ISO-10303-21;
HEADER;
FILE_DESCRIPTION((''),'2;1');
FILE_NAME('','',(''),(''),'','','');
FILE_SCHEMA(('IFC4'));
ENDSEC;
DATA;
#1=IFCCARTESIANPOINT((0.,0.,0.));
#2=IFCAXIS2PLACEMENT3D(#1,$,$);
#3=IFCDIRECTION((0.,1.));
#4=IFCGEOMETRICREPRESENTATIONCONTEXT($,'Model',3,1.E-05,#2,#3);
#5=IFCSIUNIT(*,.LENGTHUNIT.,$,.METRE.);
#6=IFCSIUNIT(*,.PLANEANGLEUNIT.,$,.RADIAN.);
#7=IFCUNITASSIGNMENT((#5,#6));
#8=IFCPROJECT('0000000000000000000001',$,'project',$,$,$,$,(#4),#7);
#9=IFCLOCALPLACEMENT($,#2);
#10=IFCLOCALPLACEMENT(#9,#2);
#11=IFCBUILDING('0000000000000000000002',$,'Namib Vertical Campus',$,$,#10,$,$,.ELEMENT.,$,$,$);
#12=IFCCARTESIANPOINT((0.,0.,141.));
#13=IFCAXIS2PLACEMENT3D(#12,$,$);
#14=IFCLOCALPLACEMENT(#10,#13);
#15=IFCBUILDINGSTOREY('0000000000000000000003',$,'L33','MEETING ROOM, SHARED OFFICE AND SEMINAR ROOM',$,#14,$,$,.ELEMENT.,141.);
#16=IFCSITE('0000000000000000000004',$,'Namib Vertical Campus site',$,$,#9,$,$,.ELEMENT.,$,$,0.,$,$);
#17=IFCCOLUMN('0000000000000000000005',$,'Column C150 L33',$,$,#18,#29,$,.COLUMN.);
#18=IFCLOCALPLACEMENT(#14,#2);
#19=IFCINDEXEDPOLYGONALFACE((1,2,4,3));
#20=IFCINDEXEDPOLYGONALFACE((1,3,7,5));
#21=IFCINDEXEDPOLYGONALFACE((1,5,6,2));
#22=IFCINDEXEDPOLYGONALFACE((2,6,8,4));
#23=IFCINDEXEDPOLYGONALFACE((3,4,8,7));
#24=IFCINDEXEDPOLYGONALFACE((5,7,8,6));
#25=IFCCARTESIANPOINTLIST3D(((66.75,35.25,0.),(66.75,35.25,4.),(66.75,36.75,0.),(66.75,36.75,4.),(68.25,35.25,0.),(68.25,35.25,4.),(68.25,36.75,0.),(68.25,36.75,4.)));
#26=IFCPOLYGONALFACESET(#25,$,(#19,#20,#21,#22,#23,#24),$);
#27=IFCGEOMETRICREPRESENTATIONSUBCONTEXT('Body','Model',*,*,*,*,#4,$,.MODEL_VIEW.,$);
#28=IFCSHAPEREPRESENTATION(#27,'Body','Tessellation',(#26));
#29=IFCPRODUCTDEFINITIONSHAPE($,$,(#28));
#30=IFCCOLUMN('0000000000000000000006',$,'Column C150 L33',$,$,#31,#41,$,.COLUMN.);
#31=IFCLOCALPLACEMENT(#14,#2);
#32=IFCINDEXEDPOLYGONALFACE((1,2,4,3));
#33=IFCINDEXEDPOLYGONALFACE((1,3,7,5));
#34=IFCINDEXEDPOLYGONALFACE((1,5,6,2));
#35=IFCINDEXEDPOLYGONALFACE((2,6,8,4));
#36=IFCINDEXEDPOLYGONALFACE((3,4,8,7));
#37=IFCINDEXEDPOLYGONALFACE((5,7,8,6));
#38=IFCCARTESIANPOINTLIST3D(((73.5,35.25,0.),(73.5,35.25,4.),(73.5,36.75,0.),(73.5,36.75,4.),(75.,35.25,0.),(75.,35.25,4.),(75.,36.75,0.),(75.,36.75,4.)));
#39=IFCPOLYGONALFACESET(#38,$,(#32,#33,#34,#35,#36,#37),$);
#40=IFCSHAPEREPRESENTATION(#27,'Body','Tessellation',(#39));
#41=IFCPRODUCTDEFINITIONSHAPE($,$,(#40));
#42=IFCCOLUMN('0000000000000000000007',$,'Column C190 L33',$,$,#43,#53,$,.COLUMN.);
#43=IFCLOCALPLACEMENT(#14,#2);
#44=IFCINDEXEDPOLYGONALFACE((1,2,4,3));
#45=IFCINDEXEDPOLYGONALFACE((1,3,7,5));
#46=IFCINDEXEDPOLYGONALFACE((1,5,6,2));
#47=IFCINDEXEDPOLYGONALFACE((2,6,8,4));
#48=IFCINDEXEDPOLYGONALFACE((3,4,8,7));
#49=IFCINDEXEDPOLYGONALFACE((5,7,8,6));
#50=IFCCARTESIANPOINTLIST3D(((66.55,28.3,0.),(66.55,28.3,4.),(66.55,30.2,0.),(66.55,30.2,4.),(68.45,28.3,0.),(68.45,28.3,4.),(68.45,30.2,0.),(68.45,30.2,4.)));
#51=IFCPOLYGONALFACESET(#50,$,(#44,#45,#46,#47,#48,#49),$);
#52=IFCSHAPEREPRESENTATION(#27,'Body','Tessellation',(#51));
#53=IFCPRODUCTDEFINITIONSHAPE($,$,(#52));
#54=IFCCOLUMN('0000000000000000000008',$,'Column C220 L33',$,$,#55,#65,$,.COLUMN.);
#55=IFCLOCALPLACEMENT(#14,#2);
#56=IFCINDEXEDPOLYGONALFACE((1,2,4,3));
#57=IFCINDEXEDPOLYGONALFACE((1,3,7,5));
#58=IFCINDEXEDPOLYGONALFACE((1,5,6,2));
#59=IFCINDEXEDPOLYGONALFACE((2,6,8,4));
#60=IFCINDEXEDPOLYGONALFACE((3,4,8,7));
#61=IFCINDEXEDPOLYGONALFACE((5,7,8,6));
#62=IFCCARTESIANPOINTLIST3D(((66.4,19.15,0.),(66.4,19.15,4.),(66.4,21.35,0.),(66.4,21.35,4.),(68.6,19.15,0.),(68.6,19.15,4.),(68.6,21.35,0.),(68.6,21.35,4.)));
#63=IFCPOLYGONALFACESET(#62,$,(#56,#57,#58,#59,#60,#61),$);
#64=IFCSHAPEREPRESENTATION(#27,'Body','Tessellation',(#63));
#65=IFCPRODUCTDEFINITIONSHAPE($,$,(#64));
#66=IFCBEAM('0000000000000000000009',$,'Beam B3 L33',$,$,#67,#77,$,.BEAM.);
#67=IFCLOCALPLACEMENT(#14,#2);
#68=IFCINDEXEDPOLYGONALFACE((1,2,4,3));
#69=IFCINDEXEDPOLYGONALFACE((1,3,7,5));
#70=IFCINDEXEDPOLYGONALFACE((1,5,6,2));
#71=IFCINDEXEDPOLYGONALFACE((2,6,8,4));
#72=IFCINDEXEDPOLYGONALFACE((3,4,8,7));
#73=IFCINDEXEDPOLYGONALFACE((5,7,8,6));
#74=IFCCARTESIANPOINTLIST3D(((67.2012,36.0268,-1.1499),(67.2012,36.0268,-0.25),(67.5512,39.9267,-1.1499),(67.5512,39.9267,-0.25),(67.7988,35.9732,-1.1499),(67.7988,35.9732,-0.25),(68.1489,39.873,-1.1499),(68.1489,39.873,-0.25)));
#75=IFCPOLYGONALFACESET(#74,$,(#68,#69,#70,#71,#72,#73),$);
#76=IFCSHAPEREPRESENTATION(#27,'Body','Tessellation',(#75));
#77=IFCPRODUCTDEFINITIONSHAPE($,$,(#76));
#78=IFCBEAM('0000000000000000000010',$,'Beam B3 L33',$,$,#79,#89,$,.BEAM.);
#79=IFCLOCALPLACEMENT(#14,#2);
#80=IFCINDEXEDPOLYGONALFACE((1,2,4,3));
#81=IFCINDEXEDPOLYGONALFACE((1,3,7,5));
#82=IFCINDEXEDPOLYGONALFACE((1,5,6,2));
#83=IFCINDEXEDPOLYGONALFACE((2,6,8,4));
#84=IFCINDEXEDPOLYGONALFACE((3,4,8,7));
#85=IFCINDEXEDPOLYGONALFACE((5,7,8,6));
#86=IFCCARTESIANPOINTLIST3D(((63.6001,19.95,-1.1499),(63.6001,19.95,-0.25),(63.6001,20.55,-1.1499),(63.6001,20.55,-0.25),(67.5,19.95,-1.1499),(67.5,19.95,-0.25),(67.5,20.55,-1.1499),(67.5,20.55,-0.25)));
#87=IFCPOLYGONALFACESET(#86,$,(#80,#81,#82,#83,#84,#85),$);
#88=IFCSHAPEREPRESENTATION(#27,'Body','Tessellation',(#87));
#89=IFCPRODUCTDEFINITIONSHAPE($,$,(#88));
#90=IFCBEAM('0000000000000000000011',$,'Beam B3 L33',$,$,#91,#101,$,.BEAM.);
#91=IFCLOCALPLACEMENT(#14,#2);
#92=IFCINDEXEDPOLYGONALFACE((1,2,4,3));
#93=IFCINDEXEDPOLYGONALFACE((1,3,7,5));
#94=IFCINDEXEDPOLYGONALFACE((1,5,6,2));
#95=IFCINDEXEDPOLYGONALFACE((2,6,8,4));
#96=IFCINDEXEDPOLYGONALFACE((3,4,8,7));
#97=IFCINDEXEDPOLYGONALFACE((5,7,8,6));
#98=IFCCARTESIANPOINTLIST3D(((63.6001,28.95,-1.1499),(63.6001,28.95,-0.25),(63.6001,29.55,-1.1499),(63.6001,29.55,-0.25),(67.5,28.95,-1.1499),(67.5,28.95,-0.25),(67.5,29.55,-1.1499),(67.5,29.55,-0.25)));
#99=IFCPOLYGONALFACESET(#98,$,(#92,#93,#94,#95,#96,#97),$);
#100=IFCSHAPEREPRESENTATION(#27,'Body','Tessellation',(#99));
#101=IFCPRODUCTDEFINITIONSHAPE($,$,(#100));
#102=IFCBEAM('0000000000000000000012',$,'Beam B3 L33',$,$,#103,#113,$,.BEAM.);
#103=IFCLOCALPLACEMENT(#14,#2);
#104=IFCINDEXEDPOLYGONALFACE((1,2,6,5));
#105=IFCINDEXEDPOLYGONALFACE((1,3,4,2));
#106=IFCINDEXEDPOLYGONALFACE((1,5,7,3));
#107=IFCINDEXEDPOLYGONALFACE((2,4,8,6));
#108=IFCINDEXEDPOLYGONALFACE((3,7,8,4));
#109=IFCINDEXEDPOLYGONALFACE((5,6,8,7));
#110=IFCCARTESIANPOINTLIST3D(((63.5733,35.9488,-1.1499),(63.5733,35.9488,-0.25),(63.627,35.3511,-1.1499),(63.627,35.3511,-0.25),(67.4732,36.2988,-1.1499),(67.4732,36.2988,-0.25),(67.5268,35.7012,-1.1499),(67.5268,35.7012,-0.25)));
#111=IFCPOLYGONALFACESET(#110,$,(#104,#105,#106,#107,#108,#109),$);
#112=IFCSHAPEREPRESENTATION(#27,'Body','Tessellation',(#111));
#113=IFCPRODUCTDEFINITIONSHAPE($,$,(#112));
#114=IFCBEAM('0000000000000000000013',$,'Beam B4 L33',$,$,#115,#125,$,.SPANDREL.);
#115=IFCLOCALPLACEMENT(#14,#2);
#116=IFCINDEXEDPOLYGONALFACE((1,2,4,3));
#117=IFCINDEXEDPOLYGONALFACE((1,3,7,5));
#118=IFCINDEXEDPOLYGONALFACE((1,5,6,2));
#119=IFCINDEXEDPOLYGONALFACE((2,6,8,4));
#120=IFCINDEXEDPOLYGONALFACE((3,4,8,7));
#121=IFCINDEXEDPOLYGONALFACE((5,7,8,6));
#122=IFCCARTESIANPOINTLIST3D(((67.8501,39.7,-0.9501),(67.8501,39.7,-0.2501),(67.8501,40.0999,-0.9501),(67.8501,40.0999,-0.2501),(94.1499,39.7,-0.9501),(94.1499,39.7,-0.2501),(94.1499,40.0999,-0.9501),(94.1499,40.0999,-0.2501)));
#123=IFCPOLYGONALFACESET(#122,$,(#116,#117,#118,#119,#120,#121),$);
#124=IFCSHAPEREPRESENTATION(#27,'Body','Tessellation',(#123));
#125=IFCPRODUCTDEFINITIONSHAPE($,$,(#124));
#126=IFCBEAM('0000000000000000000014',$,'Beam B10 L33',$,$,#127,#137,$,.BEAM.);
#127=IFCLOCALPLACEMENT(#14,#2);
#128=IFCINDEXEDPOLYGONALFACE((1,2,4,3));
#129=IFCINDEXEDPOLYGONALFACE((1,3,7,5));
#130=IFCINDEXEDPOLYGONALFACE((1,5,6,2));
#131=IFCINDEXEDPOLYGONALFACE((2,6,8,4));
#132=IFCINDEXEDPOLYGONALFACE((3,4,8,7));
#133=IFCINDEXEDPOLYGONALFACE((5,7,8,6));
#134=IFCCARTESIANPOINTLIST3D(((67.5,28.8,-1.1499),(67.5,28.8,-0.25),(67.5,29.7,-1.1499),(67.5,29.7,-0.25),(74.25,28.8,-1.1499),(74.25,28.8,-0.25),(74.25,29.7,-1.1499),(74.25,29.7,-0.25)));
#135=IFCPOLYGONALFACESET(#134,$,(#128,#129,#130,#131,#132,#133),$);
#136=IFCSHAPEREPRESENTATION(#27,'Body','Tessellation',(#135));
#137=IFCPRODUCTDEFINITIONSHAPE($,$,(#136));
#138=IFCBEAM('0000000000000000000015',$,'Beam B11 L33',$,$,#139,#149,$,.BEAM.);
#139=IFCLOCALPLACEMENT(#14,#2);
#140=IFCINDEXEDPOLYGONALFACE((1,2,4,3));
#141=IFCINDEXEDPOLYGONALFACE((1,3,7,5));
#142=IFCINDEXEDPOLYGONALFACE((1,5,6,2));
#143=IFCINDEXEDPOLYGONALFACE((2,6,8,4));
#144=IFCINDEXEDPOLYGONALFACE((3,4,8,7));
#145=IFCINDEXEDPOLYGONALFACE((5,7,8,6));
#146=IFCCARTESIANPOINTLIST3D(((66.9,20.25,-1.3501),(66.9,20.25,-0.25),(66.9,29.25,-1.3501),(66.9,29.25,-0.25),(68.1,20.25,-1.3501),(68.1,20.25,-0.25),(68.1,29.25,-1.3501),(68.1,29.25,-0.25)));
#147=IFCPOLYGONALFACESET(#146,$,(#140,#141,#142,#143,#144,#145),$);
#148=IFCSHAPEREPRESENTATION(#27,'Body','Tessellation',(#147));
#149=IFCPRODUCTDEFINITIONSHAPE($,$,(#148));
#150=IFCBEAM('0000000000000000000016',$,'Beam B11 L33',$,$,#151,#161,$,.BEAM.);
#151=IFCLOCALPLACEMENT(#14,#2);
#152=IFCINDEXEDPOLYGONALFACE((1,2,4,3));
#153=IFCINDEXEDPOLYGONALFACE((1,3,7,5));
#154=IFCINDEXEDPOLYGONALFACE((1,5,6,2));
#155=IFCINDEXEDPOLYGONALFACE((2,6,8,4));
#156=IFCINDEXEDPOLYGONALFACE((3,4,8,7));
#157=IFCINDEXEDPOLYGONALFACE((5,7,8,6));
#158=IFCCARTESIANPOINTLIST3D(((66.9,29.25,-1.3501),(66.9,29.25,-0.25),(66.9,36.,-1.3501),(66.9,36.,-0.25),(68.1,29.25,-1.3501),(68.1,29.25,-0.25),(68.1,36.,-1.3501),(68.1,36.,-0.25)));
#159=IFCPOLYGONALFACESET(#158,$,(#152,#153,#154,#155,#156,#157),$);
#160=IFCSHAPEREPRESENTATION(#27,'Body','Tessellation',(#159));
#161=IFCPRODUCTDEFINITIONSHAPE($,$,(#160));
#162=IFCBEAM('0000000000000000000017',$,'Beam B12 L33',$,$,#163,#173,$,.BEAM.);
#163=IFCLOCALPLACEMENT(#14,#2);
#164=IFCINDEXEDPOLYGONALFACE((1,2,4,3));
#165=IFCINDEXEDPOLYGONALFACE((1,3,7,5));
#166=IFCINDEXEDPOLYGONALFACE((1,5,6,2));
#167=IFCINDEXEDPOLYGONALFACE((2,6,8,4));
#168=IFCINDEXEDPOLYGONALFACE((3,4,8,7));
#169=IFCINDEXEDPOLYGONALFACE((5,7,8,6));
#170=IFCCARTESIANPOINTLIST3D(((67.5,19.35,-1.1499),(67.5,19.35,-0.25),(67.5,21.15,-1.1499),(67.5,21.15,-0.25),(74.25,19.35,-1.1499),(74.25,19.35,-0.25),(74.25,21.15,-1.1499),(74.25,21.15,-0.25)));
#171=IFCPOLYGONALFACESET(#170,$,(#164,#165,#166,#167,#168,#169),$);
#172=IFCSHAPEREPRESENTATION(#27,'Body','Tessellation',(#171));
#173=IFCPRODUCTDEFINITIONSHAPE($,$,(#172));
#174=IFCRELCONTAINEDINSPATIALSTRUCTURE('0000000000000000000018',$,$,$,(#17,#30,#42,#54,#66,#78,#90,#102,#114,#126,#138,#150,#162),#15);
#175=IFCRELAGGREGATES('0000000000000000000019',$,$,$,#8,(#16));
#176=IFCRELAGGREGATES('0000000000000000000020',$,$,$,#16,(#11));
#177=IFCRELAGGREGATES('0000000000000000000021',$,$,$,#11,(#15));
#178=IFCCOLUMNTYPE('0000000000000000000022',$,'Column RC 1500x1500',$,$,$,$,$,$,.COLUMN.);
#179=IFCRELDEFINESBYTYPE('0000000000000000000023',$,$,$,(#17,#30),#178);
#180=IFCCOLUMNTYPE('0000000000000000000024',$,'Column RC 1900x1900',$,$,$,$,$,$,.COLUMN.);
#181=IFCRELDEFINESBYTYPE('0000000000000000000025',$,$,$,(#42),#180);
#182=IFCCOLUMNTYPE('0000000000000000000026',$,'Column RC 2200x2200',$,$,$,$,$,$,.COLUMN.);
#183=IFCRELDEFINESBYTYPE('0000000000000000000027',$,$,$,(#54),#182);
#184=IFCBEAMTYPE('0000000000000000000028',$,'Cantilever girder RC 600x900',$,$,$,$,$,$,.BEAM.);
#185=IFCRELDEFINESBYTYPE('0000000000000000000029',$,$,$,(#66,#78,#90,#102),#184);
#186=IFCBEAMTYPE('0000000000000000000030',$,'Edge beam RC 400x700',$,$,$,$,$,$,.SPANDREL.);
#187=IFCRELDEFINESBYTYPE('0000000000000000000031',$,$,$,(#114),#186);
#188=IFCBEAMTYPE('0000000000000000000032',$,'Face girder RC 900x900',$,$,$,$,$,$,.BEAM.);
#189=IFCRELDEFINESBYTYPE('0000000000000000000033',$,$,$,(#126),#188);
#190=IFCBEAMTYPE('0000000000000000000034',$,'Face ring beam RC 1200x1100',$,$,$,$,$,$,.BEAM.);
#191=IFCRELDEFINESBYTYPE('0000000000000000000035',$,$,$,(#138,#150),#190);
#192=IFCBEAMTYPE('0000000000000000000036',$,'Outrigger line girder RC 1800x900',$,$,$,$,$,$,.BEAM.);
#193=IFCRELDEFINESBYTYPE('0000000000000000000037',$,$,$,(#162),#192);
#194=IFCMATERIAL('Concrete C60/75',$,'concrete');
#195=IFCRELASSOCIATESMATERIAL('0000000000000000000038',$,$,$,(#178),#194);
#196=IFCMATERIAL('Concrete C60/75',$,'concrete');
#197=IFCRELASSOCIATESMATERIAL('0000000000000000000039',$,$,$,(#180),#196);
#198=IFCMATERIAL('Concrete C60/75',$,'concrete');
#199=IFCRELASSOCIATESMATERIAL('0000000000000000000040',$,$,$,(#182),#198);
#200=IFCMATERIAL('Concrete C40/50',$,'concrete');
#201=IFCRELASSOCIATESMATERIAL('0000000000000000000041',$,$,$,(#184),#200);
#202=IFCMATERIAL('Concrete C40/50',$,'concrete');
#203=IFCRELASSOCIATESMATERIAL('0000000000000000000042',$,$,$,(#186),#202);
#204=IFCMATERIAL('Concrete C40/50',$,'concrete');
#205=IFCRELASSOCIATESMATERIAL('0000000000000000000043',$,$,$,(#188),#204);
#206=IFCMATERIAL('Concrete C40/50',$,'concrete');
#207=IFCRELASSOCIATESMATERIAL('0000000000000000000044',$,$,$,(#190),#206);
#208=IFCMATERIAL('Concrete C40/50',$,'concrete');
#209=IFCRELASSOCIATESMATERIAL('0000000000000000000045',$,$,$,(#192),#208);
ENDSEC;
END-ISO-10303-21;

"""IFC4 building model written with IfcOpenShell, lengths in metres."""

from ifc_helpers import new_model, si_unit, direction, frame, origin, origin_2d, place, context, subcontext, project, spatial, rectangle, extrude, material, material_profile, profile_set, type_object, element, save


model = new_model("IFC4")

# Units and contexts
model_context = context("Model", 3, precision=1e-05, world=origin(), true_north=direction((0.0, 1.0)))
body_context = subcontext(model_context, "Body", "Model", "MODEL_VIEW")
ifc_project = project(units=[si_unit("LENGTHUNIT", "METRE"), si_unit("PLANEANGLEUNIT", "RADIAN")], contexts=[model_context])

# Site, building, storey
site_placement = place(None, origin())
site = spatial("IfcSite", under=ifc_project, at=site_placement, Name="Namib Vertical Campus site", CompositionType="ELEMENT", RefElevation=0.0)
building_placement = place(site_placement, origin())
building = spatial("IfcBuilding", under=site, at=building_placement, Name="Namib Vertical Campus", CompositionType="ELEMENT")
storey_placement = place(building_placement, frame((0.0, 0.0, 141.0)))
storey = spatial("IfcBuildingStorey", under=building, at=storey_placement, Name="L33", Description="MEETING ROOM, SHARED OFFICE AND SEMINAR ROOM", CompositionType="ELEMENT", Elevation=141.0)

# Columns
ifc_material_1 = material(Name="Concrete C60/75", Category="concrete")
ifc_material_profile_1 = material_profile(ifc_material_1, rectangle(XDim=1.5, YDim=1.5, at=origin_2d()))
ifc_profile_set_1 = profile_set([ifc_material_profile_1], Name="Concrete C60/75")
column_type_1 = type_object("IfcColumnType", Name="Column RC 1500x1500", PredefinedType="COLUMN", material=ifc_profile_set_1)
for number, where, z_axis, x_axis, name in (
    (1, (67.5, 36.0, 0.0), (0.0, 0.0, 1.0), (1.0, 0.0, 0.0), "Column C150 L33"),
    (2, (74.25, 36.0, 0.0), (0.0, 0.0, 1.0), (1.0, 0.0, 0.0), "Column C150 L33"),
):
    element("IfcColumn", number, at=place(storey_placement, frame(where, z_axis=z_axis, x_axis=x_axis)), inside=storey, type_object=column_type_1, Name=name, PredefinedType="COLUMN", context=body_context, shape_type="SweptSolid", body=[
        extrude(rectangle(XDim=1.5, YDim=1.5, at=origin_2d()), origin(), (0.0, 0.0, 1.0), 4.0),
    ])
ifc_material_2 = material(Name="Concrete C60/75", Category="concrete")
ifc_material_profile_2 = material_profile(ifc_material_2, rectangle(XDim=1.8999, YDim=1.8999, at=origin_2d()))
ifc_profile_set_2 = profile_set([ifc_material_profile_2], Name="Concrete C60/75")
column_type_2 = type_object("IfcColumnType", Name="Column RC 1900x1900", PredefinedType="COLUMN", material=ifc_profile_set_2)
column_1_placement = place(storey_placement, frame((67.5, 29.25, 0.0), z_axis=(0.0, 0.0, 1.0), x_axis=(1.0, 0.0, 0.0)))
element("IfcColumn", 3, at=column_1_placement, inside=storey, type_object=column_type_2, Name="Column C190 L33", PredefinedType="COLUMN", context=body_context, shape_type="SweptSolid", body=[
    extrude(rectangle(XDim=1.8999, YDim=1.8999, at=origin_2d()), origin(), (0.0, 0.0, 1.0), 4.0),
])
ifc_material_3 = material(Name="Concrete C60/75", Category="concrete")
ifc_material_profile_3 = material_profile(ifc_material_3, rectangle(XDim=2.2, YDim=2.2, at=origin_2d()))
ifc_profile_set_3 = profile_set([ifc_material_profile_3], Name="Concrete C60/75")
column_type_3 = type_object("IfcColumnType", Name="Column RC 2200x2200", PredefinedType="COLUMN", material=ifc_profile_set_3)
column_2_placement = place(storey_placement, frame((67.5, 20.25, 0.0), z_axis=(0.0, 0.0, 1.0), x_axis=(1.0, 0.0, 0.0)))
element("IfcColumn", 4, at=column_2_placement, inside=storey, type_object=column_type_3, Name="Column C220 L33", PredefinedType="COLUMN", context=body_context, shape_type="SweptSolid", body=[
    extrude(rectangle(XDim=2.2, YDim=2.2, at=origin_2d()), origin(), (0.0, 0.0, 1.0), 4.0),
])

# Beams
ifc_material_4 = material(Name="Concrete C40/50", Category="concrete")
ifc_material_profile_4 = material_profile(ifc_material_4, rectangle(XDim=0.6001, YDim=0.8999, at=origin_2d()))
ifc_profile_set_4 = profile_set([ifc_material_profile_4], Name="Concrete C40/50")
beam_type_1 = type_object("IfcBeamType", Name="Cantilever girder RC 600x900", PredefinedType="BEAM", material=ifc_profile_set_4)
beam_1_placement = place(storey_placement, frame((67.5, 36.0, -0.7), z_axis=(0.089411, 0.995995, 0.0), x_axis=(-0.995995, 0.089411, 0.0)))
element("IfcBeam", 5, at=beam_1_placement, inside=storey, type_object=beam_type_1, Name="Beam B3 L33", PredefinedType="BEAM", context=body_context, shape_type="SweptSolid", body=[
    extrude(rectangle(XDim=0.6001, YDim=0.8999, at=origin_2d()), origin(), (0.0, 0.0, 1.0), 3.9155),
])
for number, where, z_axis, x_axis, name in (
    (6, (67.5, 20.25, -0.7), (-1.0, 0.0, 0.0), (0.0, -1.0, 0.0), "Beam B3 L33"),
    (7, (67.5, 29.25, -0.7), (-1.0, 0.0, 0.0), (0.0, -1.0, 0.0), "Beam B3 L33"),
):
    element("IfcBeam", number, at=place(storey_placement, frame(where, z_axis=z_axis, x_axis=x_axis)), inside=storey, type_object=beam_type_1, Name=name, PredefinedType="BEAM", context=body_context, shape_type="SweptSolid", body=[
        extrude(rectangle(XDim=0.6001, YDim=0.8999, at=origin_2d()), origin(), (0.0, 0.0, 1.0), 3.8999),
    ])
beam_2_placement = place(storey_placement, frame((67.5, 36.0, -0.7), z_axis=(-0.995995, -0.089411, 0.0), x_axis=(0.089411, -0.995995, 0.0)))
element("IfcBeam", 8, at=beam_2_placement, inside=storey, type_object=beam_type_1, Name="Beam B3 L33", PredefinedType="BEAM", context=body_context, shape_type="SweptSolid", body=[
    extrude(rectangle(XDim=0.6001, YDim=0.8999, at=origin_2d()), origin(), (0.0, 0.0, 1.0), 3.9155),
])
ifc_material_5 = material(Name="Concrete C40/50", Category="concrete")
ifc_material_profile_5 = material_profile(ifc_material_5, rectangle(XDim=0.3999, YDim=0.7, at=origin_2d()))
ifc_profile_set_5 = profile_set([ifc_material_profile_5], Name="Concrete C40/50")
beam_type_2 = type_object("IfcBeamType", Name="Edge beam RC 400x700", PredefinedType="SPANDREL", material=ifc_profile_set_5)
beam_3_placement = place(storey_placement, frame((67.8501, 39.8999, -0.6001), z_axis=(1.0, 0.0, 0.0), x_axis=(0.0, 1.0, 0.0)))
element("IfcBeam", 9, at=beam_3_placement, inside=storey, type_object=beam_type_2, Name="Beam B4 L33", PredefinedType="SPANDREL", context=body_context, shape_type="SweptSolid", body=[
    extrude(rectangle(XDim=0.3999, YDim=0.7, at=origin_2d()), origin(), (0.0, 0.0, 1.0), 26.2998),
])
ifc_material_6 = material(Name="Concrete C40/50", Category="concrete")
ifc_material_profile_6 = material_profile(ifc_material_6, rectangle(XDim=0.8999, YDim=0.8999, at=origin_2d()))
ifc_profile_set_6 = profile_set([ifc_material_profile_6], Name="Concrete C40/50")
beam_type_3 = type_object("IfcBeamType", Name="Face girder RC 900x900", PredefinedType="BEAM", material=ifc_profile_set_6)
beam_4_placement = place(storey_placement, frame((67.5, 29.25, -0.7), z_axis=(1.0, 0.0, 0.0), x_axis=(0.0, 1.0, 0.0)))
element("IfcBeam", 10, at=beam_4_placement, inside=storey, type_object=beam_type_3, Name="Beam B10 L33", PredefinedType="BEAM", context=body_context, shape_type="SweptSolid", body=[
    extrude(rectangle(XDim=0.8999, YDim=0.8999, at=origin_2d()), origin(), (0.0, 0.0, 1.0), 6.75),
])
ifc_material_7 = material(Name="Concrete C40/50", Category="concrete")
ifc_material_profile_7 = material_profile(ifc_material_7, rectangle(XDim=1.2, YDim=1.1001, at=origin_2d()))
ifc_profile_set_7 = profile_set([ifc_material_profile_7], Name="Concrete C40/50")
beam_type_4 = type_object("IfcBeamType", Name="Face ring beam RC 1200x1100", PredefinedType="BEAM", material=ifc_profile_set_7)
beam_5_placement = place(storey_placement, frame((67.5, 20.25, -0.8), z_axis=(0.0, 1.0, 0.0), x_axis=(-1.0, 0.0, 0.0)))
element("IfcBeam", 11, at=beam_5_placement, inside=storey, type_object=beam_type_4, Name="Beam B11 L33", PredefinedType="BEAM", context=body_context, shape_type="SweptSolid", body=[
    extrude(rectangle(XDim=1.2, YDim=1.1001, at=origin_2d()), origin(), (0.0, 0.0, 1.0), 9.0),
])
beam_6_placement = place(storey_placement, frame((67.5, 29.25, -0.8), z_axis=(0.0, 1.0, 0.0), x_axis=(-1.0, 0.0, 0.0)))
element("IfcBeam", 12, at=beam_6_placement, inside=storey, type_object=beam_type_4, Name="Beam B11 L33", PredefinedType="BEAM", context=body_context, shape_type="SweptSolid", body=[
    extrude(rectangle(XDim=1.2, YDim=1.1001, at=origin_2d()), origin(), (0.0, 0.0, 1.0), 6.75),
])
ifc_material_8 = material(Name="Concrete C40/50", Category="concrete")
ifc_material_profile_8 = material_profile(ifc_material_8, rectangle(XDim=1.8, YDim=0.8999, at=origin_2d()))
ifc_profile_set_8 = profile_set([ifc_material_profile_8], Name="Concrete C40/50")
beam_type_5 = type_object("IfcBeamType", Name="Outrigger line girder RC 1800x900", PredefinedType="BEAM", material=ifc_profile_set_8)
beam_7_placement = place(storey_placement, frame((67.5, 20.25, -0.7), z_axis=(1.0, 0.0, 0.0), x_axis=(0.0, 1.0, 0.0)))
element("IfcBeam", 13, at=beam_7_placement, inside=storey, type_object=beam_type_5, Name="Beam B12 L33", PredefinedType="BEAM", context=body_context, shape_type="SweptSolid", body=[
    extrude(rectangle(XDim=1.8, YDim=0.8999, at=origin_2d()), origin(), (0.0, 0.0, 1.0), 6.75),
])

save(model, "model.ifc")
